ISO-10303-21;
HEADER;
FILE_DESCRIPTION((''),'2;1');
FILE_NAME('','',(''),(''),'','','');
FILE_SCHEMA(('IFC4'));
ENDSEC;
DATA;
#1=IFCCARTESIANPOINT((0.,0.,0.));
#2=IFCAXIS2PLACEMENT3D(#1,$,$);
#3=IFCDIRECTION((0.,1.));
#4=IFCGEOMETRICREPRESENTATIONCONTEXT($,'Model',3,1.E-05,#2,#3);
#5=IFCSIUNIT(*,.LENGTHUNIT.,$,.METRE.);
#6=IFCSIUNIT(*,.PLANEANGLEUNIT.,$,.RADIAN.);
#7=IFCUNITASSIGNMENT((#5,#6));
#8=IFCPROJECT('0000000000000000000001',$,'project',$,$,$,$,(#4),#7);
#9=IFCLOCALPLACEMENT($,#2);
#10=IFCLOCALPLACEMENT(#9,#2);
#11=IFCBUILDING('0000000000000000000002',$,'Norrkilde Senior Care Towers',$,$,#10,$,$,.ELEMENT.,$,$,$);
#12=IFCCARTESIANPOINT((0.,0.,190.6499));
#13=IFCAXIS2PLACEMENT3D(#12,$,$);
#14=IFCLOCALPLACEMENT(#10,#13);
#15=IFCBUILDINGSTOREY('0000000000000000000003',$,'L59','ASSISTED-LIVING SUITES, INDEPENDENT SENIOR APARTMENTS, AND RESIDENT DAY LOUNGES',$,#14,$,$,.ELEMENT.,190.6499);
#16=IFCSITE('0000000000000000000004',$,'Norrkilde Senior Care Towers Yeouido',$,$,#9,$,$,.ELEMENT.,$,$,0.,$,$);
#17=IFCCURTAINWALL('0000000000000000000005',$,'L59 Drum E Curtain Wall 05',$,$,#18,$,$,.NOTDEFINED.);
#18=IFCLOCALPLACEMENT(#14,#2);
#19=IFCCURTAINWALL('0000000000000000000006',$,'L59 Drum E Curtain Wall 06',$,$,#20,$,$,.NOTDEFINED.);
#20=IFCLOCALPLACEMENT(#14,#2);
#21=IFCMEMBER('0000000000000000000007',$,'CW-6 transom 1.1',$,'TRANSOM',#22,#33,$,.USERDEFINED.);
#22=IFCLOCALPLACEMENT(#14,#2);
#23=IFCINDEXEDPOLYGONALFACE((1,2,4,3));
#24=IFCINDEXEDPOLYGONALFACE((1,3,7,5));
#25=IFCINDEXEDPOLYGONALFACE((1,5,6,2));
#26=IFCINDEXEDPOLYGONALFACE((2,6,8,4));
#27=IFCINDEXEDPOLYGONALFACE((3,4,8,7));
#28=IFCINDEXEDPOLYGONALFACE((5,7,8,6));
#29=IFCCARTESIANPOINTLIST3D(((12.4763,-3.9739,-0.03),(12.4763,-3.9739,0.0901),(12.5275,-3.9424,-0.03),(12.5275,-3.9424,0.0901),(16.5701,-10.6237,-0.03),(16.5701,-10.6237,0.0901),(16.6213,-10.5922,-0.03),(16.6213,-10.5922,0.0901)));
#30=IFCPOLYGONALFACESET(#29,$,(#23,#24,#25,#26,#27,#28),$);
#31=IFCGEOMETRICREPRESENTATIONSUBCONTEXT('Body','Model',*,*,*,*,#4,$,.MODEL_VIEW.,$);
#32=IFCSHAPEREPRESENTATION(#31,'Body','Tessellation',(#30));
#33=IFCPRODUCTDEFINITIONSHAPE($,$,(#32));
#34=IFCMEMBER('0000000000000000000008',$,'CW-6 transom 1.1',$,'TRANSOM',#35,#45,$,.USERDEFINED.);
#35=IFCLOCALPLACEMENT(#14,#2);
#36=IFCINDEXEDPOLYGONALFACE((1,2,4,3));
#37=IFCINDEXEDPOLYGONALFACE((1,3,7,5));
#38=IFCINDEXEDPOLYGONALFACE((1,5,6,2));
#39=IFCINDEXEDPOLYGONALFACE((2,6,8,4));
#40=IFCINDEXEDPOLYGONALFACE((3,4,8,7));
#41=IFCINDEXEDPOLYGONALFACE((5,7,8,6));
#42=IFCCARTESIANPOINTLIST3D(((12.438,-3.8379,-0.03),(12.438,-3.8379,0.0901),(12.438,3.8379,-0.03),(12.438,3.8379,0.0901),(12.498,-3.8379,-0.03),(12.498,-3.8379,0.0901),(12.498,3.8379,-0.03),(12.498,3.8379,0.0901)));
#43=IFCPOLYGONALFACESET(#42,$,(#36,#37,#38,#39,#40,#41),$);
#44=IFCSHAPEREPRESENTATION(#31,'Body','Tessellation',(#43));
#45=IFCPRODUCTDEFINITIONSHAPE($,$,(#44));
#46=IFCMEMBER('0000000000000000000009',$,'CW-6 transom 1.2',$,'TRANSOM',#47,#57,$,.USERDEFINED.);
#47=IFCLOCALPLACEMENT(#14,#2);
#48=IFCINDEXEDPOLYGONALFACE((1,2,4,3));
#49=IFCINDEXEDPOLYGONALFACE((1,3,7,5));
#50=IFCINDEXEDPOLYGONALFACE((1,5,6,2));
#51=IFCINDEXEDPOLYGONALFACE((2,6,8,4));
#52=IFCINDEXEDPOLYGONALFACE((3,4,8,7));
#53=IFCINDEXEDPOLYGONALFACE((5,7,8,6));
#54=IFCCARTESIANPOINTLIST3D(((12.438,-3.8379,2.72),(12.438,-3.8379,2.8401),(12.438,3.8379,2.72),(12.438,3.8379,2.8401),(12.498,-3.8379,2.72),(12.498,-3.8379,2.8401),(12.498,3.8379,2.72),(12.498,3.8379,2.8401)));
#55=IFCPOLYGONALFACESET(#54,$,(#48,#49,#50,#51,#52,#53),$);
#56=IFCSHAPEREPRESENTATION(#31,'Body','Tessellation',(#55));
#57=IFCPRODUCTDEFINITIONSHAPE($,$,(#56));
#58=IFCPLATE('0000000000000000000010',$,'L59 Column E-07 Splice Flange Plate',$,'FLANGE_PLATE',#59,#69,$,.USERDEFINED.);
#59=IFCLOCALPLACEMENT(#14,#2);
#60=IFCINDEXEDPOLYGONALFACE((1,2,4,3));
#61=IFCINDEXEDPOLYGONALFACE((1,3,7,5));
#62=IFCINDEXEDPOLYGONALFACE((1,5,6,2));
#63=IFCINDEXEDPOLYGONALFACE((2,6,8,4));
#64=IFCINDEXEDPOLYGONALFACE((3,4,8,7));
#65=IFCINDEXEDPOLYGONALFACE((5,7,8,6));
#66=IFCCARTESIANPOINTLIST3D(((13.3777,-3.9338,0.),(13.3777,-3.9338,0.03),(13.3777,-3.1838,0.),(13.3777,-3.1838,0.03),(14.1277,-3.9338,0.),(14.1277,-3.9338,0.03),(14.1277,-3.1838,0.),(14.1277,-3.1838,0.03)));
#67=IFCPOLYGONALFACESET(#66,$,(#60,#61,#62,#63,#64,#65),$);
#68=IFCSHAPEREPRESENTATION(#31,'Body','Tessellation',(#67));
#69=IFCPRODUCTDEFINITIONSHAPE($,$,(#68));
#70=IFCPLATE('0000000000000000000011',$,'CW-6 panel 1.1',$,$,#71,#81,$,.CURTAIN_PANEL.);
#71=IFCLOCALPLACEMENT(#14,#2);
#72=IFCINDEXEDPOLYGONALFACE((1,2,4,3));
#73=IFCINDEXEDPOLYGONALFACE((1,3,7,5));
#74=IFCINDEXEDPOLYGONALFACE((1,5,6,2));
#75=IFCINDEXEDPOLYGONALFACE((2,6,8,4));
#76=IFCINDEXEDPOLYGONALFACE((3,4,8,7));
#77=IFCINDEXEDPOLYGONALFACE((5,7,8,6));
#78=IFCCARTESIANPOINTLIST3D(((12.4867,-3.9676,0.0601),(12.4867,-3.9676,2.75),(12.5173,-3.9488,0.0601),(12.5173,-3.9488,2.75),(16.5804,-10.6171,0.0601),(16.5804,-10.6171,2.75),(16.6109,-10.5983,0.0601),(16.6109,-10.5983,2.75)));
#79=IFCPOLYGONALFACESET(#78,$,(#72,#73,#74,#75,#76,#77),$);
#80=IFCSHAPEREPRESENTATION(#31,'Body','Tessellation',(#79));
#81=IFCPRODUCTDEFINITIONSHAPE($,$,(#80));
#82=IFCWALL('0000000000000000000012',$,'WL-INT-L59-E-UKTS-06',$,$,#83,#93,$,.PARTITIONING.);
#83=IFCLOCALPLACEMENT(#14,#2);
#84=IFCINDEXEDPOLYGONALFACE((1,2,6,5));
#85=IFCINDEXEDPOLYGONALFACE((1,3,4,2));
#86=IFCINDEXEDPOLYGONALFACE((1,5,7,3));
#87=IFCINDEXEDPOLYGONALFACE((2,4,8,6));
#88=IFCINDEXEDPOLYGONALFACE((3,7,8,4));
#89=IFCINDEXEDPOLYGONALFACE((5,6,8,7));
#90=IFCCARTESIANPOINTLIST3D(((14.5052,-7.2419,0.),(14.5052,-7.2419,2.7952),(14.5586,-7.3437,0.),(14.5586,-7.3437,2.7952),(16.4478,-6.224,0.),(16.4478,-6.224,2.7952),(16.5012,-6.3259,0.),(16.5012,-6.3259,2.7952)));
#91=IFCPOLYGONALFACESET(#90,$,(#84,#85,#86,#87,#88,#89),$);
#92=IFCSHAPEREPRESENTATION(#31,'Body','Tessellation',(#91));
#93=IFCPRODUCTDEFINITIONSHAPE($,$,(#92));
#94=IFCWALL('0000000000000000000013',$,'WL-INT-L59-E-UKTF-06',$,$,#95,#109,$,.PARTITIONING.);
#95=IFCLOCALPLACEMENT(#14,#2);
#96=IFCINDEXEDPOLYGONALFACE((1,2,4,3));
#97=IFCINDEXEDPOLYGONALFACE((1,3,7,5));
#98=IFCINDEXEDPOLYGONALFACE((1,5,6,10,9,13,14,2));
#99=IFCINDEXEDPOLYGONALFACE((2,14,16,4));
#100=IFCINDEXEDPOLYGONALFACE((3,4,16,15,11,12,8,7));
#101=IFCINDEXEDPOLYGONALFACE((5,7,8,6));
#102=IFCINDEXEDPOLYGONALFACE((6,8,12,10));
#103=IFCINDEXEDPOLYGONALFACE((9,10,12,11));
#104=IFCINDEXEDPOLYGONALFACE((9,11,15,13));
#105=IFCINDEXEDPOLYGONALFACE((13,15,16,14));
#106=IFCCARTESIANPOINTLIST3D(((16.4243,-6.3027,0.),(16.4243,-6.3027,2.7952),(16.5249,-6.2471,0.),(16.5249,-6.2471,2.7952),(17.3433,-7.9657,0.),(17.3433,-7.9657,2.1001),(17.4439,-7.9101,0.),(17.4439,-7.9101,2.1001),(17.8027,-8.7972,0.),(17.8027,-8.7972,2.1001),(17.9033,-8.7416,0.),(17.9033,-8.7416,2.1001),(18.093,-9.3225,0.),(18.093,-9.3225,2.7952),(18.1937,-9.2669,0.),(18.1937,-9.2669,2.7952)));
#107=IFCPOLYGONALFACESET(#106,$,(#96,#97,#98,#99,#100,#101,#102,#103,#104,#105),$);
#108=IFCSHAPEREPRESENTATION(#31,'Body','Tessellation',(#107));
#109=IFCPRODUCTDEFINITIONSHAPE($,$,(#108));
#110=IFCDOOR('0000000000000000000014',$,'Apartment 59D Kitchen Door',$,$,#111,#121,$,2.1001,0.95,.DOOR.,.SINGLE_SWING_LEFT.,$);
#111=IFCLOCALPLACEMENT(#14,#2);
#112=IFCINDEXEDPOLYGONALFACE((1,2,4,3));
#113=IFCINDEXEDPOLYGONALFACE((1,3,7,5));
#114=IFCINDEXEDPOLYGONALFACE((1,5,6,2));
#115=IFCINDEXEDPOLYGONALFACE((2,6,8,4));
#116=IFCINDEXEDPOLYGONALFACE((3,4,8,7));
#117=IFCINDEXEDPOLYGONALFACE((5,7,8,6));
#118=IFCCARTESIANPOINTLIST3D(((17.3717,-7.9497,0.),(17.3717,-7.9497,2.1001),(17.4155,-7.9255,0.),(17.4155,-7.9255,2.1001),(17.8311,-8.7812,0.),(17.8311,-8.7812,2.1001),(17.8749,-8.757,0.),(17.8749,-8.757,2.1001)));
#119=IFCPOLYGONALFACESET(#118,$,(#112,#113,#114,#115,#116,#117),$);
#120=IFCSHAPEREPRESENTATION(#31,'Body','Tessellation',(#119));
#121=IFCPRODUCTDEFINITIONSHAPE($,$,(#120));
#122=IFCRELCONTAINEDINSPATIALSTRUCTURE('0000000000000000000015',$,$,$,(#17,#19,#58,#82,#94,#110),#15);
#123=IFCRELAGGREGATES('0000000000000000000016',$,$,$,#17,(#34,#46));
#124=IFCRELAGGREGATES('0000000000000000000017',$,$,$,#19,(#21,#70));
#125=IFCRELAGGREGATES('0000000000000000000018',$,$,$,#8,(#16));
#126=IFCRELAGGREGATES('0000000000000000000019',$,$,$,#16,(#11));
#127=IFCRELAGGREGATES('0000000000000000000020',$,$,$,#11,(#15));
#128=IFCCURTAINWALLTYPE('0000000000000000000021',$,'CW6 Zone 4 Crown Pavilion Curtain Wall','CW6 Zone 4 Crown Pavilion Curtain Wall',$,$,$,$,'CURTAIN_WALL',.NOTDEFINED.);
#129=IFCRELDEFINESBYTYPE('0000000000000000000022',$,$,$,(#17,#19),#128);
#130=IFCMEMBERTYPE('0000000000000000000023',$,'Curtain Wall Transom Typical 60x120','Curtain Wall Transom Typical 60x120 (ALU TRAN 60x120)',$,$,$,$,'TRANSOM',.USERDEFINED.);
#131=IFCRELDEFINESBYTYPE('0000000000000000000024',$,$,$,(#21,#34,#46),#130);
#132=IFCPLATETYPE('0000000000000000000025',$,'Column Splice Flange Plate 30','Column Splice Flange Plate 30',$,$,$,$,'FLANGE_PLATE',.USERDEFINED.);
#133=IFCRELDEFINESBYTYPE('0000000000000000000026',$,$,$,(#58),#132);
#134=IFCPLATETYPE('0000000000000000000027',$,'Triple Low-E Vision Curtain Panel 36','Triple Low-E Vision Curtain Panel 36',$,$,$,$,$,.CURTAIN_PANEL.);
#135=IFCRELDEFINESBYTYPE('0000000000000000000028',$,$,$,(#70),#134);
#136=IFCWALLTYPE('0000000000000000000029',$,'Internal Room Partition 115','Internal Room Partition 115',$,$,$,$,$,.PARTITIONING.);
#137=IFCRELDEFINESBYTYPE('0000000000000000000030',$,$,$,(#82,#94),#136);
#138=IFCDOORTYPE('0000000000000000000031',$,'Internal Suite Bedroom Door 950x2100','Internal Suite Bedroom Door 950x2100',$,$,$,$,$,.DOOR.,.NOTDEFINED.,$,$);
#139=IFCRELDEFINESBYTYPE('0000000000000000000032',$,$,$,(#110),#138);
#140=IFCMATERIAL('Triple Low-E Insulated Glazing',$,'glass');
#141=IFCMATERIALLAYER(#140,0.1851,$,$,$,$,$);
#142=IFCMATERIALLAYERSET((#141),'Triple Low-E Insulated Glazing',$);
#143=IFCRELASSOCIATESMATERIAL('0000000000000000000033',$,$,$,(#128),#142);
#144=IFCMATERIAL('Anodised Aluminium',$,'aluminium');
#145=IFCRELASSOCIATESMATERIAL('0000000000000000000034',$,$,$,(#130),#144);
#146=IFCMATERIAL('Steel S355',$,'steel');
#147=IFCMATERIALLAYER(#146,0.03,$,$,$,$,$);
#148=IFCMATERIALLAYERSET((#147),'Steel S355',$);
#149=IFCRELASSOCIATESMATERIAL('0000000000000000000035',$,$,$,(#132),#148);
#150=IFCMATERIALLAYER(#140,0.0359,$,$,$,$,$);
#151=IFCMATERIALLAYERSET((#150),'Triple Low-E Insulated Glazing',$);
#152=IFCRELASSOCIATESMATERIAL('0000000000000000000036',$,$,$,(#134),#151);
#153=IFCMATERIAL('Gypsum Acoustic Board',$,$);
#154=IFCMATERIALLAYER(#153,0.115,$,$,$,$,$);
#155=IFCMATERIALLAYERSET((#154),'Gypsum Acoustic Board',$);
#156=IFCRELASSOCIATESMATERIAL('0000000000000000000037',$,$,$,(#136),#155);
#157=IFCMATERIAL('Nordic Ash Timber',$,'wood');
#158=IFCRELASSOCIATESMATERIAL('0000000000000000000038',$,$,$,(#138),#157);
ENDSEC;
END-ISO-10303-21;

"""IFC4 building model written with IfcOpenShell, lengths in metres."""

from ifc_helpers import new_model, si_unit, direction, frame, frame_2d, origin, origin_2d, place, context, subcontext, project, spatial, rectangle, extrude, source, transform, mapped, material, layer, layer_set, material_profile, profile_set, type_object, type_shapes, element, fill, aggregate, save


model = new_model("IFC4")

# Units and contexts
model_context = context("Model", 3, precision=1e-05, world=origin(), true_north=direction((0.0, 1.0)))
body_context = subcontext(model_context, "Body", "Model", "MODEL_VIEW")
ifc_project = project(units=[si_unit("LENGTHUNIT", "METRE"), si_unit("PLANEANGLEUNIT", "RADIAN")], contexts=[model_context])

# Site, building, storey
site_placement = place(None, origin())
site = spatial("IfcSite", under=ifc_project, at=site_placement, Name="Norrkilde Senior Care Towers Yeouido", CompositionType="ELEMENT", RefElevation=0.0)
building_placement = place(site_placement, origin())
building = spatial("IfcBuilding", under=site, at=building_placement, Name="Norrkilde Senior Care Towers", CompositionType="ELEMENT")
storey_placement = place(building_placement, frame((0.0, 0.0, 190.6499)))
storey = spatial("IfcBuildingStorey", under=building, at=storey_placement, Name="L59", Description="ASSISTED-LIVING SUITES, INDEPENDENT SENIOR APARTMENTS, AND RESIDENT DAY LOUNGES", CompositionType="ELEMENT", Elevation=190.6499)

# Shared definitions
ifc_material_1 = material(Name="Steel S355", Category="steel")

# Curtain wall
ifc_material_2 = material(Name="Triple Low-E Insulated Glazing", Category="glass")
ifc_layer_1 = layer(ifc_material_2, 0.1851)
ifc_layer_set_1 = layer_set([ifc_layer_1], Name="Triple Low-E Insulated Glazing")
curtain_wall_type = type_object("IfcCurtainWallType", Name="CW6 Zone 4 Crown Pavilion Curtain Wall", Description="CW6 Zone 4 Crown Pavilion Curtain Wall", ElementType="CURTAIN_WALL", PredefinedType="NOTDEFINED", material=ifc_layer_set_1)
curtain_wall_1_placement = place(storey_placement, origin())
curtain_wall_1 = element("IfcCurtainWall", 1, at=curtain_wall_1_placement, inside=storey, type_object=curtain_wall_type, Name="L59 Drum E Curtain Wall 05", PredefinedType="NOTDEFINED")
ifc_material_3 = material(Name="Anodised Aluminium", Category="aluminium")

# Curtain wall, member
curtain_wall_2_placement = place(storey_placement, origin())
curtain_wall_2 = element("IfcCurtainWall", 2, at=curtain_wall_2_placement, inside=storey, type_object=curtain_wall_type, Name="L59 Drum E Curtain Wall 06", PredefinedType="NOTDEFINED")
ifc_material_profile_1 = material_profile(ifc_material_3, rectangle(XDim=0.0601, YDim=0.1201, at=origin_2d()), Name="ALU TRAN 60x120")
ifc_profile_set_1 = profile_set([ifc_material_profile_1], Name="Anodised Aluminium")
member_type_1 = type_object("IfcMemberType", Name="Curtain Wall Transom Typical 60x120", Description="Curtain Wall Transom Typical 60x120 (ALU TRAN 60x120)", ElementType="TRANSOM", PredefinedType="USERDEFINED", material=ifc_profile_set_1)
shared_shape_1 = source(origin(), body_context, "Body", "SweptSolid", [
    extrude(rectangle(XDim=0.0601, YDim=0.1201, at=origin_2d()), origin(), (0.0, 0.0, 1.0), 7.8088),
])
member_1_placement = place(storey_placement, frame((16.5957, -10.6079, 0.03), z_axis=(-0.524251, 0.851564, 0.0), x_axis=(-0.851564, -0.524251, 0.0)))
member_1 = element("IfcMember", 3, at=member_1_placement, type_object=member_type_1, Name="CW-6 transom 1.1", ObjectType="TRANSOM", PredefinedType="USERDEFINED", context=body_context, shape_type="MappedRepresentation", body=[
    mapped(shared_shape_1, transform((0.0, 0.0, 0.0), x_axis=(1.0, 0.0, 0.0), y_axis=(0.0, 1.0, 0.0), z_axis=(0.0, 0.0, 1.0), scale=1.0)),
])

# Members
shared_shape_2 = source(origin(), body_context, "Body", "SweptSolid", [
    extrude(rectangle(XDim=0.0601, YDim=0.1201, at=origin_2d()), origin(), (0.0, 0.0, 1.0), 7.6758),
])
type_shapes(member_type_1, [shared_shape_1, shared_shape_2])
member_2_placement = place(storey_placement, frame((12.468, -3.8379, 0.03), z_axis=(0.0, 1.0, 0.0), x_axis=(-1.0, 0.0, 0.0)))
member_2 = element("IfcMember", 4, at=member_2_placement, type_object=member_type_1, Name="CW-6 transom 1.1", ObjectType="TRANSOM", PredefinedType="USERDEFINED", context=body_context, shape_type="MappedRepresentation", body=[
    mapped(shared_shape_2, transform((0.0, 0.0, 0.0), x_axis=(1.0, 0.0, 0.0), y_axis=(0.0, 1.0, 0.0), z_axis=(0.0, 0.0, 1.0), scale=1.0)),
])
member_3_placement = place(storey_placement, frame((12.468, -3.8379, 2.78), z_axis=(0.0, 1.0, 0.0), x_axis=(-1.0, 0.0, 0.0)))
member_3 = element("IfcMember", 5, at=member_3_placement, type_object=member_type_1, Name="CW-6 transom 1.2", ObjectType="TRANSOM", PredefinedType="USERDEFINED", context=body_context, shape_type="MappedRepresentation", body=[
    mapped(shared_shape_2, transform((0.0, 0.0, 0.0), x_axis=(1.0, 0.0, 0.0), y_axis=(0.0, 1.0, 0.0), z_axis=(0.0, 0.0, 1.0), scale=1.0)),
])
aggregate(curtain_wall_1, [member_2, member_3])

# Plates
ifc_layer_2 = layer(ifc_material_1, 0.03)
ifc_layer_set_2 = layer_set([ifc_layer_2], Name="Steel S355")
plate_type_1 = type_object("IfcPlateType", Name="Column Splice Flange Plate 30", Description="Column Splice Flange Plate 30", ElementType="FLANGE_PLATE", PredefinedType="USERDEFINED", material=ifc_layer_set_2)
shared_shape_3 = source(origin(), body_context, "Body", "SweptSolid", [
    extrude(rectangle(XDim=0.75, YDim=0.75, at=origin_2d()), origin(), (0.0, 0.0, 1.0), 0.03),
])
type_shapes(plate_type_1, [shared_shape_3])
plate_1_placement = place(storey_placement, frame((13.7527, -3.5588, 0.0), z_axis=(0.0, 0.0, 1.0), x_axis=(1.0, 0.0, 0.0)))
element("IfcPlate", 6, at=plate_1_placement, inside=storey, type_object=plate_type_1, Name="L59 Column E-07 Splice Flange Plate", ObjectType="FLANGE_PLATE", PredefinedType="USERDEFINED", context=body_context, shape_type="MappedRepresentation", body=[
    mapped(shared_shape_3, transform((0.0, 0.0, 0.0), x_axis=(1.0, 0.0, 0.0), y_axis=(0.0, 1.0, 0.0), z_axis=(0.0, 0.0, 1.0), scale=1.0)),
])
ifc_layer_3 = layer(ifc_material_2, 0.0359)
ifc_layer_set_3 = layer_set([ifc_layer_3], Name="Triple Low-E Insulated Glazing")
plate_type_2 = type_object("IfcPlateType", Name="Triple Low-E Vision Curtain Panel 36", Description="Triple Low-E Vision Curtain Panel 36", PredefinedType="CURTAIN_PANEL", material=ifc_layer_set_3)
shared_shape_4 = source(origin(), body_context, "Body", "SweptSolid", [
    extrude(rectangle(XDim=7.8086, YDim=0.0359, at=origin_2d()), origin(), (0.0, 0.0, 1.0), 2.6899),
])
type_shapes(plate_type_2, [shared_shape_4])
plate_2_placement = place(storey_placement, frame((14.5488, -7.283, 0.0601), z_axis=(0.0, 0.0, 1.0), x_axis=(-0.524253, 0.851563, 0.0)))
plate_2 = element("IfcPlate", 7, at=plate_2_placement, type_object=plate_type_2, Name="CW-6 panel 1.1", PredefinedType="CURTAIN_PANEL", context=body_context, shape_type="MappedRepresentation", body=[
    mapped(shared_shape_4, transform((0.0, 0.0, 0.0), x_axis=(1.0, 0.0, 0.0), y_axis=(0.0, 1.0, 0.0), z_axis=(0.0, 0.0, 1.0), scale=1.0)),
])
aggregate(curtain_wall_2, [member_1, plate_2])

# Wall
ifc_material_4 = material(Name="Gypsum Acoustic Board")
ifc_layer_4 = layer(ifc_material_4, 0.115)
ifc_layer_set_4 = layer_set([ifc_layer_4], Name="Gypsum Acoustic Board")
wall_type = type_object("IfcWallType", Name="Internal Room Partition 115", Description="Internal Room Partition 115", PredefinedType="PARTITIONING", material=ifc_layer_set_4)
shared_shape_5 = source(origin(), body_context, "Body", "SweptSolid", [
    extrude(rectangle(XDim=2.1931, YDim=0.115, at=frame_2d((1.0967, 0.0))), origin(), (0.0, 0.0, 1.0), 2.7952),
])
wall_1_placement = place(storey_placement, frame((16.4746, -6.2749, 0.0), z_axis=(0.0, 0.0, 1.0), x_axis=(-0.885784, -0.464099, 0.0)))
element("IfcWall", 8, at=wall_1_placement, inside=storey, type_object=wall_type, Name="WL-INT-L59-E-UKTS-06", PredefinedType="PARTITIONING", context=body_context, shape_type="MappedRepresentation", body=[
    mapped(shared_shape_5, transform((0.0, 0.0, 0.0), x_axis=(1.0, 0.0, 0.0), y_axis=(0.0, 1.0, 0.0), z_axis=(0.0, 0.0, 1.0), scale=1.0)),
])

# Wall, opening, door
shared_shape_6 = source(origin(), body_context, "Body", "SweptSolid", [
    extrude(rectangle(XDim=3.4502, YDim=0.115, at=frame_2d((1.7251, 0.0))), origin(), (0.0, 0.0, 1.0), 2.7952),
])
type_shapes(wall_type, [shared_shape_5, shared_shape_6])
wall_2_placement = place(storey_placement, frame((16.4746, -6.2749, 0.0), z_axis=(0.0, 0.0, 1.0), x_axis=(0.483659, -0.875257, 0.0)))
wall_2 = element("IfcWall", 9, at=wall_2_placement, inside=storey, type_object=wall_type, Name="WL-INT-L59-E-UKTF-06", PredefinedType="PARTITIONING", context=body_context, shape_type="MappedRepresentation", body=[
    mapped(shared_shape_6, transform((0.0, 0.0, 0.0), x_axis=(1.0, 0.0, 0.0), y_axis=(0.0, 1.0, 0.0), z_axis=(0.0, 0.0, 1.0), scale=1.0)),
])
opening_placement = place(wall_2_placement, frame((1.8999, 0.0, 0.0)))
opening = element("IfcOpeningElement", 10, at=opening_placement, cuts=wall_2, PredefinedType="OPENING", context=body_context, shape_type="SweptSolid", body=[
    extrude(rectangle(XDim=0.95, YDim=2.1001, at=frame_2d((0.4751, 1.05))), frame((0.0, 0.0674, 0.0), z_axis=(0.0, -1.0, 0.0), x_axis=(1.0, 0.0, 0.0)), (0.0, 0.0, 1.0), 0.135),
])
ifc_material_5 = material(Name="Nordic Ash Timber", Category="wood")
door_type = type_object("IfcDoorType", Name="Internal Suite Bedroom Door 950x2100", Description="Internal Suite Bedroom Door 950x2100", OperationType="NOTDEFINED", PredefinedType="DOOR", material=ifc_material_5)
shared_shape_7 = source(origin(), body_context, "Body", "SweptSolid", [
    extrude(rectangle(XDim=0.95, YDim=2.1001, at=frame_2d((0.4751, 1.05))), frame((0.0, 0.0249, 0.0), z_axis=(0.0, -1.0, 0.0), x_axis=(1.0, 0.0, 0.0)), (0.0, 0.0, 1.0), 0.05),
])
type_shapes(door_type, [shared_shape_7])
door_placement = place(opening_placement, frame((0.95, 0.0, 0.0), z_axis=(0.0, 0.0, 1.0), x_axis=(-1.0, 0.0, 0.0)))
door = element("IfcDoor", 11, at=door_placement, inside=storey, type_object=door_type, Name="Apartment 59D Kitchen Door", OperationType="SINGLE_SWING_LEFT", OverallHeight=2.1001, OverallWidth=0.95, PredefinedType="DOOR", context=body_context, shape_type="MappedRepresentation", body=[
    mapped(shared_shape_7, transform((0.0, 0.0, 0.0), x_axis=(1.0, 0.0, 0.0), y_axis=(0.0, 1.0, 0.0), z_axis=(0.0, 0.0, 1.0), scale=1.0)),
])
fill(opening, door)

save(model, "model.ifc")
